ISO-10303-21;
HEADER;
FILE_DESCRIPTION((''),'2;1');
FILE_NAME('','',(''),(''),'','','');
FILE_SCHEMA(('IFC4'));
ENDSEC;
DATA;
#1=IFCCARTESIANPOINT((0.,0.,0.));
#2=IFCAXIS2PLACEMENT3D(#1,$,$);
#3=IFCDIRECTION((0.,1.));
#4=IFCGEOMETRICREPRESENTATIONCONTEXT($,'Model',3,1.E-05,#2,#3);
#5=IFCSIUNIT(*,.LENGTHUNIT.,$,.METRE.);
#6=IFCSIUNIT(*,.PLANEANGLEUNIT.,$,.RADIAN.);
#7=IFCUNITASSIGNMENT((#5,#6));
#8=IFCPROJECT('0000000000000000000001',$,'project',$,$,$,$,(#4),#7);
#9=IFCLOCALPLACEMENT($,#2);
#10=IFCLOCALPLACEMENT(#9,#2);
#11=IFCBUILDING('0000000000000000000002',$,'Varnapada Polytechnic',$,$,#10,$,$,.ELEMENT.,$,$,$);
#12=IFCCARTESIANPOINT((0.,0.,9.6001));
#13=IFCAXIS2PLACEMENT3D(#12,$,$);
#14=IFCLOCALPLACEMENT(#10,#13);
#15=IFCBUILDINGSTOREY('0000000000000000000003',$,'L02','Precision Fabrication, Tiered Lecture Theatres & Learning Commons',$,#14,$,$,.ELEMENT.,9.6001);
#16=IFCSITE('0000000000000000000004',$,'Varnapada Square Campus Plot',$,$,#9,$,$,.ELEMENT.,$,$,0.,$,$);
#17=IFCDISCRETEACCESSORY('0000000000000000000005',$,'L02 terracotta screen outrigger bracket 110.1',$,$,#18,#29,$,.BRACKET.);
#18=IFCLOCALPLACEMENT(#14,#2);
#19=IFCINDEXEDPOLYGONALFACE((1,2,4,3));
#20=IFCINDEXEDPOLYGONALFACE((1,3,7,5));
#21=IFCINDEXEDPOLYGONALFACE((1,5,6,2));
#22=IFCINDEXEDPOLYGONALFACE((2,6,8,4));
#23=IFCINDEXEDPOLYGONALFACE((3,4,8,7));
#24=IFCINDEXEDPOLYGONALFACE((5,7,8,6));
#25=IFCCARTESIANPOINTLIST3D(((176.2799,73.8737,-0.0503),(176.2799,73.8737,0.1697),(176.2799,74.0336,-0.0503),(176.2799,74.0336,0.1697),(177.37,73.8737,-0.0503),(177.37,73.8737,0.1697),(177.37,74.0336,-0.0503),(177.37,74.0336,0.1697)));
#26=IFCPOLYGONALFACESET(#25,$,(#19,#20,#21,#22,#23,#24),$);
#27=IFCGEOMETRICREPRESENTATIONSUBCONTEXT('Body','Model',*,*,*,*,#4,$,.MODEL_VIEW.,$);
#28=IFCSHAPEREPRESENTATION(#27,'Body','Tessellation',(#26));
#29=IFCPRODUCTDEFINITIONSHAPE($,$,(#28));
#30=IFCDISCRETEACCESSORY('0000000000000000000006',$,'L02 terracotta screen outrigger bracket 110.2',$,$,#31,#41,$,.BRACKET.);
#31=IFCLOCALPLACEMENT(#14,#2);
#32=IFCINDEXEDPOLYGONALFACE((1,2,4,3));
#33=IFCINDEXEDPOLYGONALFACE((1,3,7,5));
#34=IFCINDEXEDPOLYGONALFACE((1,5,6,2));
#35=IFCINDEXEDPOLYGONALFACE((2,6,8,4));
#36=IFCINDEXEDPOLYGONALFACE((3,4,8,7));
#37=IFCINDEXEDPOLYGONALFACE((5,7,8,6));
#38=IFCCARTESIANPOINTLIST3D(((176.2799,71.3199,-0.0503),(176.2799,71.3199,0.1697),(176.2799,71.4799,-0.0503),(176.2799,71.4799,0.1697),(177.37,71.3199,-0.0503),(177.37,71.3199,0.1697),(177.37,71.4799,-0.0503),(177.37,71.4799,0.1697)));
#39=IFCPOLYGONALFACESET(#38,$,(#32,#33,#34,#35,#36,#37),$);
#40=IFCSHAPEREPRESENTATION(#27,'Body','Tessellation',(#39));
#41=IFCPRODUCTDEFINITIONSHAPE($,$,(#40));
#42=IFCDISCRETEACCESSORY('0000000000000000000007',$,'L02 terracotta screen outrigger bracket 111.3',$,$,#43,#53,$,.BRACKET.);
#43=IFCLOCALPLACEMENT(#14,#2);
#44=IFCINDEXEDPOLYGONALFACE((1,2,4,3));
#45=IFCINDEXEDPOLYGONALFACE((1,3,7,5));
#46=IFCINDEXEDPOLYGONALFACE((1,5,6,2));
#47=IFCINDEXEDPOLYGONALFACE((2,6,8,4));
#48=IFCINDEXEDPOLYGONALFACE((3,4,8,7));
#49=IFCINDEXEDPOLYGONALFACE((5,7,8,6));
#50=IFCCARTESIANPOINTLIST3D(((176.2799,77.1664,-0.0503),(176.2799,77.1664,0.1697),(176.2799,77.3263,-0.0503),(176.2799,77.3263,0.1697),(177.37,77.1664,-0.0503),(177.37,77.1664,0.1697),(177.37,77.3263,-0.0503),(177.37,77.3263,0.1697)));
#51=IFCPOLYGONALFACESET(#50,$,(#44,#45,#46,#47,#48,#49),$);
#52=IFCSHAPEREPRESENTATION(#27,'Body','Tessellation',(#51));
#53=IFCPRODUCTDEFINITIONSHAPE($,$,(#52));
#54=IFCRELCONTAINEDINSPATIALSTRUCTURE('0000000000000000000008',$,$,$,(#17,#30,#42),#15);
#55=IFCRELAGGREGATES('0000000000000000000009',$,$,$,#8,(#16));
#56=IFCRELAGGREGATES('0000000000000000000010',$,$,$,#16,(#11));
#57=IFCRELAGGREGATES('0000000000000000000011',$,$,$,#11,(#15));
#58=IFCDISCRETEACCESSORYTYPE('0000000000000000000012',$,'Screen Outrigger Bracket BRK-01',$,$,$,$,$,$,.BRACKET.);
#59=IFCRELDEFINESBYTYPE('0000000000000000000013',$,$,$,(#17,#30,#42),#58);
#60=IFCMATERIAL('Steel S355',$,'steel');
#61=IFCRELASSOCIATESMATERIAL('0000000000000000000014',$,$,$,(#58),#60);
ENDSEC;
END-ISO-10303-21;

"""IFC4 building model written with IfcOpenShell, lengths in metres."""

from ifc_helpers import new_model, si_unit, direction, frame, origin, origin_2d, place, context, subcontext, project, spatial, rectangle, extrude, material, type_object, element, save


model = new_model("IFC4")

# Units and contexts
model_context = context("Model", 3, precision=1e-05, world=origin(), true_north=direction((0.0, 1.0)))
body_context = subcontext(model_context, "Body", "Model", "MODEL_VIEW")
ifc_project = project(units=[si_unit("LENGTHUNIT", "METRE"), si_unit("PLANEANGLEUNIT", "RADIAN")], contexts=[model_context])

# Site, building, storey
site_placement = place(None, origin())
site = spatial("IfcSite", under=ifc_project, at=site_placement, Name="Varnapada Square Campus Plot", CompositionType="ELEMENT", RefElevation=0.0)
building_placement = place(site_placement, origin())
building = spatial("IfcBuilding", under=site, at=building_placement, Name="Varnapada Polytechnic", CompositionType="ELEMENT")
storey_placement = place(building_placement, frame((0.0, 0.0, 9.6001)))
storey = spatial("IfcBuildingStorey", under=building, at=storey_placement, Name="L02", Description="Precision Fabrication, Tiered Lecture Theatres & Learning Commons", CompositionType="ELEMENT", Elevation=9.6001)

# Discrete accessories
ifc_material_1 = material(Name="Steel S355", Category="steel")
discrete_accessory_type = type_object("IfcDiscreteAccessoryType", Name="Screen Outrigger Bracket BRK-01", PredefinedType="BRACKET", material=ifc_material_1)
for number, where, z_axis, x_axis, name in (
    (1, (176.825, 73.9536, -0.0503), (0.0, 0.0, 1.0), (0.0, -1.0, 0.0), "L02 terracotta screen outrigger bracket 110.1"),
    (2, (176.825, 71.3999, -0.0503), (0.0, 0.0, 1.0), (0.0, -1.0, 0.0), "L02 terracotta screen outrigger bracket 110.2"),
    (3, (176.825, 77.2463, -0.0503), (0.0, 0.0, 1.0), (0.0, -1.0, 0.0), "L02 terracotta screen outrigger bracket 111.3"),
):
    element("IfcDiscreteAccessory", number, at=place(storey_placement, frame(where, z_axis=z_axis, x_axis=x_axis)), inside=storey, type_object=discrete_accessory_type, Name=name, PredefinedType="BRACKET", context=body_context, shape_type="SweptSolid", body=[
        extrude(rectangle(XDim=0.1599, YDim=1.0901, at=origin_2d()), origin(), (0.0, 0.0, 1.0), 0.22),
    ])

save(model, "model.ifc")
